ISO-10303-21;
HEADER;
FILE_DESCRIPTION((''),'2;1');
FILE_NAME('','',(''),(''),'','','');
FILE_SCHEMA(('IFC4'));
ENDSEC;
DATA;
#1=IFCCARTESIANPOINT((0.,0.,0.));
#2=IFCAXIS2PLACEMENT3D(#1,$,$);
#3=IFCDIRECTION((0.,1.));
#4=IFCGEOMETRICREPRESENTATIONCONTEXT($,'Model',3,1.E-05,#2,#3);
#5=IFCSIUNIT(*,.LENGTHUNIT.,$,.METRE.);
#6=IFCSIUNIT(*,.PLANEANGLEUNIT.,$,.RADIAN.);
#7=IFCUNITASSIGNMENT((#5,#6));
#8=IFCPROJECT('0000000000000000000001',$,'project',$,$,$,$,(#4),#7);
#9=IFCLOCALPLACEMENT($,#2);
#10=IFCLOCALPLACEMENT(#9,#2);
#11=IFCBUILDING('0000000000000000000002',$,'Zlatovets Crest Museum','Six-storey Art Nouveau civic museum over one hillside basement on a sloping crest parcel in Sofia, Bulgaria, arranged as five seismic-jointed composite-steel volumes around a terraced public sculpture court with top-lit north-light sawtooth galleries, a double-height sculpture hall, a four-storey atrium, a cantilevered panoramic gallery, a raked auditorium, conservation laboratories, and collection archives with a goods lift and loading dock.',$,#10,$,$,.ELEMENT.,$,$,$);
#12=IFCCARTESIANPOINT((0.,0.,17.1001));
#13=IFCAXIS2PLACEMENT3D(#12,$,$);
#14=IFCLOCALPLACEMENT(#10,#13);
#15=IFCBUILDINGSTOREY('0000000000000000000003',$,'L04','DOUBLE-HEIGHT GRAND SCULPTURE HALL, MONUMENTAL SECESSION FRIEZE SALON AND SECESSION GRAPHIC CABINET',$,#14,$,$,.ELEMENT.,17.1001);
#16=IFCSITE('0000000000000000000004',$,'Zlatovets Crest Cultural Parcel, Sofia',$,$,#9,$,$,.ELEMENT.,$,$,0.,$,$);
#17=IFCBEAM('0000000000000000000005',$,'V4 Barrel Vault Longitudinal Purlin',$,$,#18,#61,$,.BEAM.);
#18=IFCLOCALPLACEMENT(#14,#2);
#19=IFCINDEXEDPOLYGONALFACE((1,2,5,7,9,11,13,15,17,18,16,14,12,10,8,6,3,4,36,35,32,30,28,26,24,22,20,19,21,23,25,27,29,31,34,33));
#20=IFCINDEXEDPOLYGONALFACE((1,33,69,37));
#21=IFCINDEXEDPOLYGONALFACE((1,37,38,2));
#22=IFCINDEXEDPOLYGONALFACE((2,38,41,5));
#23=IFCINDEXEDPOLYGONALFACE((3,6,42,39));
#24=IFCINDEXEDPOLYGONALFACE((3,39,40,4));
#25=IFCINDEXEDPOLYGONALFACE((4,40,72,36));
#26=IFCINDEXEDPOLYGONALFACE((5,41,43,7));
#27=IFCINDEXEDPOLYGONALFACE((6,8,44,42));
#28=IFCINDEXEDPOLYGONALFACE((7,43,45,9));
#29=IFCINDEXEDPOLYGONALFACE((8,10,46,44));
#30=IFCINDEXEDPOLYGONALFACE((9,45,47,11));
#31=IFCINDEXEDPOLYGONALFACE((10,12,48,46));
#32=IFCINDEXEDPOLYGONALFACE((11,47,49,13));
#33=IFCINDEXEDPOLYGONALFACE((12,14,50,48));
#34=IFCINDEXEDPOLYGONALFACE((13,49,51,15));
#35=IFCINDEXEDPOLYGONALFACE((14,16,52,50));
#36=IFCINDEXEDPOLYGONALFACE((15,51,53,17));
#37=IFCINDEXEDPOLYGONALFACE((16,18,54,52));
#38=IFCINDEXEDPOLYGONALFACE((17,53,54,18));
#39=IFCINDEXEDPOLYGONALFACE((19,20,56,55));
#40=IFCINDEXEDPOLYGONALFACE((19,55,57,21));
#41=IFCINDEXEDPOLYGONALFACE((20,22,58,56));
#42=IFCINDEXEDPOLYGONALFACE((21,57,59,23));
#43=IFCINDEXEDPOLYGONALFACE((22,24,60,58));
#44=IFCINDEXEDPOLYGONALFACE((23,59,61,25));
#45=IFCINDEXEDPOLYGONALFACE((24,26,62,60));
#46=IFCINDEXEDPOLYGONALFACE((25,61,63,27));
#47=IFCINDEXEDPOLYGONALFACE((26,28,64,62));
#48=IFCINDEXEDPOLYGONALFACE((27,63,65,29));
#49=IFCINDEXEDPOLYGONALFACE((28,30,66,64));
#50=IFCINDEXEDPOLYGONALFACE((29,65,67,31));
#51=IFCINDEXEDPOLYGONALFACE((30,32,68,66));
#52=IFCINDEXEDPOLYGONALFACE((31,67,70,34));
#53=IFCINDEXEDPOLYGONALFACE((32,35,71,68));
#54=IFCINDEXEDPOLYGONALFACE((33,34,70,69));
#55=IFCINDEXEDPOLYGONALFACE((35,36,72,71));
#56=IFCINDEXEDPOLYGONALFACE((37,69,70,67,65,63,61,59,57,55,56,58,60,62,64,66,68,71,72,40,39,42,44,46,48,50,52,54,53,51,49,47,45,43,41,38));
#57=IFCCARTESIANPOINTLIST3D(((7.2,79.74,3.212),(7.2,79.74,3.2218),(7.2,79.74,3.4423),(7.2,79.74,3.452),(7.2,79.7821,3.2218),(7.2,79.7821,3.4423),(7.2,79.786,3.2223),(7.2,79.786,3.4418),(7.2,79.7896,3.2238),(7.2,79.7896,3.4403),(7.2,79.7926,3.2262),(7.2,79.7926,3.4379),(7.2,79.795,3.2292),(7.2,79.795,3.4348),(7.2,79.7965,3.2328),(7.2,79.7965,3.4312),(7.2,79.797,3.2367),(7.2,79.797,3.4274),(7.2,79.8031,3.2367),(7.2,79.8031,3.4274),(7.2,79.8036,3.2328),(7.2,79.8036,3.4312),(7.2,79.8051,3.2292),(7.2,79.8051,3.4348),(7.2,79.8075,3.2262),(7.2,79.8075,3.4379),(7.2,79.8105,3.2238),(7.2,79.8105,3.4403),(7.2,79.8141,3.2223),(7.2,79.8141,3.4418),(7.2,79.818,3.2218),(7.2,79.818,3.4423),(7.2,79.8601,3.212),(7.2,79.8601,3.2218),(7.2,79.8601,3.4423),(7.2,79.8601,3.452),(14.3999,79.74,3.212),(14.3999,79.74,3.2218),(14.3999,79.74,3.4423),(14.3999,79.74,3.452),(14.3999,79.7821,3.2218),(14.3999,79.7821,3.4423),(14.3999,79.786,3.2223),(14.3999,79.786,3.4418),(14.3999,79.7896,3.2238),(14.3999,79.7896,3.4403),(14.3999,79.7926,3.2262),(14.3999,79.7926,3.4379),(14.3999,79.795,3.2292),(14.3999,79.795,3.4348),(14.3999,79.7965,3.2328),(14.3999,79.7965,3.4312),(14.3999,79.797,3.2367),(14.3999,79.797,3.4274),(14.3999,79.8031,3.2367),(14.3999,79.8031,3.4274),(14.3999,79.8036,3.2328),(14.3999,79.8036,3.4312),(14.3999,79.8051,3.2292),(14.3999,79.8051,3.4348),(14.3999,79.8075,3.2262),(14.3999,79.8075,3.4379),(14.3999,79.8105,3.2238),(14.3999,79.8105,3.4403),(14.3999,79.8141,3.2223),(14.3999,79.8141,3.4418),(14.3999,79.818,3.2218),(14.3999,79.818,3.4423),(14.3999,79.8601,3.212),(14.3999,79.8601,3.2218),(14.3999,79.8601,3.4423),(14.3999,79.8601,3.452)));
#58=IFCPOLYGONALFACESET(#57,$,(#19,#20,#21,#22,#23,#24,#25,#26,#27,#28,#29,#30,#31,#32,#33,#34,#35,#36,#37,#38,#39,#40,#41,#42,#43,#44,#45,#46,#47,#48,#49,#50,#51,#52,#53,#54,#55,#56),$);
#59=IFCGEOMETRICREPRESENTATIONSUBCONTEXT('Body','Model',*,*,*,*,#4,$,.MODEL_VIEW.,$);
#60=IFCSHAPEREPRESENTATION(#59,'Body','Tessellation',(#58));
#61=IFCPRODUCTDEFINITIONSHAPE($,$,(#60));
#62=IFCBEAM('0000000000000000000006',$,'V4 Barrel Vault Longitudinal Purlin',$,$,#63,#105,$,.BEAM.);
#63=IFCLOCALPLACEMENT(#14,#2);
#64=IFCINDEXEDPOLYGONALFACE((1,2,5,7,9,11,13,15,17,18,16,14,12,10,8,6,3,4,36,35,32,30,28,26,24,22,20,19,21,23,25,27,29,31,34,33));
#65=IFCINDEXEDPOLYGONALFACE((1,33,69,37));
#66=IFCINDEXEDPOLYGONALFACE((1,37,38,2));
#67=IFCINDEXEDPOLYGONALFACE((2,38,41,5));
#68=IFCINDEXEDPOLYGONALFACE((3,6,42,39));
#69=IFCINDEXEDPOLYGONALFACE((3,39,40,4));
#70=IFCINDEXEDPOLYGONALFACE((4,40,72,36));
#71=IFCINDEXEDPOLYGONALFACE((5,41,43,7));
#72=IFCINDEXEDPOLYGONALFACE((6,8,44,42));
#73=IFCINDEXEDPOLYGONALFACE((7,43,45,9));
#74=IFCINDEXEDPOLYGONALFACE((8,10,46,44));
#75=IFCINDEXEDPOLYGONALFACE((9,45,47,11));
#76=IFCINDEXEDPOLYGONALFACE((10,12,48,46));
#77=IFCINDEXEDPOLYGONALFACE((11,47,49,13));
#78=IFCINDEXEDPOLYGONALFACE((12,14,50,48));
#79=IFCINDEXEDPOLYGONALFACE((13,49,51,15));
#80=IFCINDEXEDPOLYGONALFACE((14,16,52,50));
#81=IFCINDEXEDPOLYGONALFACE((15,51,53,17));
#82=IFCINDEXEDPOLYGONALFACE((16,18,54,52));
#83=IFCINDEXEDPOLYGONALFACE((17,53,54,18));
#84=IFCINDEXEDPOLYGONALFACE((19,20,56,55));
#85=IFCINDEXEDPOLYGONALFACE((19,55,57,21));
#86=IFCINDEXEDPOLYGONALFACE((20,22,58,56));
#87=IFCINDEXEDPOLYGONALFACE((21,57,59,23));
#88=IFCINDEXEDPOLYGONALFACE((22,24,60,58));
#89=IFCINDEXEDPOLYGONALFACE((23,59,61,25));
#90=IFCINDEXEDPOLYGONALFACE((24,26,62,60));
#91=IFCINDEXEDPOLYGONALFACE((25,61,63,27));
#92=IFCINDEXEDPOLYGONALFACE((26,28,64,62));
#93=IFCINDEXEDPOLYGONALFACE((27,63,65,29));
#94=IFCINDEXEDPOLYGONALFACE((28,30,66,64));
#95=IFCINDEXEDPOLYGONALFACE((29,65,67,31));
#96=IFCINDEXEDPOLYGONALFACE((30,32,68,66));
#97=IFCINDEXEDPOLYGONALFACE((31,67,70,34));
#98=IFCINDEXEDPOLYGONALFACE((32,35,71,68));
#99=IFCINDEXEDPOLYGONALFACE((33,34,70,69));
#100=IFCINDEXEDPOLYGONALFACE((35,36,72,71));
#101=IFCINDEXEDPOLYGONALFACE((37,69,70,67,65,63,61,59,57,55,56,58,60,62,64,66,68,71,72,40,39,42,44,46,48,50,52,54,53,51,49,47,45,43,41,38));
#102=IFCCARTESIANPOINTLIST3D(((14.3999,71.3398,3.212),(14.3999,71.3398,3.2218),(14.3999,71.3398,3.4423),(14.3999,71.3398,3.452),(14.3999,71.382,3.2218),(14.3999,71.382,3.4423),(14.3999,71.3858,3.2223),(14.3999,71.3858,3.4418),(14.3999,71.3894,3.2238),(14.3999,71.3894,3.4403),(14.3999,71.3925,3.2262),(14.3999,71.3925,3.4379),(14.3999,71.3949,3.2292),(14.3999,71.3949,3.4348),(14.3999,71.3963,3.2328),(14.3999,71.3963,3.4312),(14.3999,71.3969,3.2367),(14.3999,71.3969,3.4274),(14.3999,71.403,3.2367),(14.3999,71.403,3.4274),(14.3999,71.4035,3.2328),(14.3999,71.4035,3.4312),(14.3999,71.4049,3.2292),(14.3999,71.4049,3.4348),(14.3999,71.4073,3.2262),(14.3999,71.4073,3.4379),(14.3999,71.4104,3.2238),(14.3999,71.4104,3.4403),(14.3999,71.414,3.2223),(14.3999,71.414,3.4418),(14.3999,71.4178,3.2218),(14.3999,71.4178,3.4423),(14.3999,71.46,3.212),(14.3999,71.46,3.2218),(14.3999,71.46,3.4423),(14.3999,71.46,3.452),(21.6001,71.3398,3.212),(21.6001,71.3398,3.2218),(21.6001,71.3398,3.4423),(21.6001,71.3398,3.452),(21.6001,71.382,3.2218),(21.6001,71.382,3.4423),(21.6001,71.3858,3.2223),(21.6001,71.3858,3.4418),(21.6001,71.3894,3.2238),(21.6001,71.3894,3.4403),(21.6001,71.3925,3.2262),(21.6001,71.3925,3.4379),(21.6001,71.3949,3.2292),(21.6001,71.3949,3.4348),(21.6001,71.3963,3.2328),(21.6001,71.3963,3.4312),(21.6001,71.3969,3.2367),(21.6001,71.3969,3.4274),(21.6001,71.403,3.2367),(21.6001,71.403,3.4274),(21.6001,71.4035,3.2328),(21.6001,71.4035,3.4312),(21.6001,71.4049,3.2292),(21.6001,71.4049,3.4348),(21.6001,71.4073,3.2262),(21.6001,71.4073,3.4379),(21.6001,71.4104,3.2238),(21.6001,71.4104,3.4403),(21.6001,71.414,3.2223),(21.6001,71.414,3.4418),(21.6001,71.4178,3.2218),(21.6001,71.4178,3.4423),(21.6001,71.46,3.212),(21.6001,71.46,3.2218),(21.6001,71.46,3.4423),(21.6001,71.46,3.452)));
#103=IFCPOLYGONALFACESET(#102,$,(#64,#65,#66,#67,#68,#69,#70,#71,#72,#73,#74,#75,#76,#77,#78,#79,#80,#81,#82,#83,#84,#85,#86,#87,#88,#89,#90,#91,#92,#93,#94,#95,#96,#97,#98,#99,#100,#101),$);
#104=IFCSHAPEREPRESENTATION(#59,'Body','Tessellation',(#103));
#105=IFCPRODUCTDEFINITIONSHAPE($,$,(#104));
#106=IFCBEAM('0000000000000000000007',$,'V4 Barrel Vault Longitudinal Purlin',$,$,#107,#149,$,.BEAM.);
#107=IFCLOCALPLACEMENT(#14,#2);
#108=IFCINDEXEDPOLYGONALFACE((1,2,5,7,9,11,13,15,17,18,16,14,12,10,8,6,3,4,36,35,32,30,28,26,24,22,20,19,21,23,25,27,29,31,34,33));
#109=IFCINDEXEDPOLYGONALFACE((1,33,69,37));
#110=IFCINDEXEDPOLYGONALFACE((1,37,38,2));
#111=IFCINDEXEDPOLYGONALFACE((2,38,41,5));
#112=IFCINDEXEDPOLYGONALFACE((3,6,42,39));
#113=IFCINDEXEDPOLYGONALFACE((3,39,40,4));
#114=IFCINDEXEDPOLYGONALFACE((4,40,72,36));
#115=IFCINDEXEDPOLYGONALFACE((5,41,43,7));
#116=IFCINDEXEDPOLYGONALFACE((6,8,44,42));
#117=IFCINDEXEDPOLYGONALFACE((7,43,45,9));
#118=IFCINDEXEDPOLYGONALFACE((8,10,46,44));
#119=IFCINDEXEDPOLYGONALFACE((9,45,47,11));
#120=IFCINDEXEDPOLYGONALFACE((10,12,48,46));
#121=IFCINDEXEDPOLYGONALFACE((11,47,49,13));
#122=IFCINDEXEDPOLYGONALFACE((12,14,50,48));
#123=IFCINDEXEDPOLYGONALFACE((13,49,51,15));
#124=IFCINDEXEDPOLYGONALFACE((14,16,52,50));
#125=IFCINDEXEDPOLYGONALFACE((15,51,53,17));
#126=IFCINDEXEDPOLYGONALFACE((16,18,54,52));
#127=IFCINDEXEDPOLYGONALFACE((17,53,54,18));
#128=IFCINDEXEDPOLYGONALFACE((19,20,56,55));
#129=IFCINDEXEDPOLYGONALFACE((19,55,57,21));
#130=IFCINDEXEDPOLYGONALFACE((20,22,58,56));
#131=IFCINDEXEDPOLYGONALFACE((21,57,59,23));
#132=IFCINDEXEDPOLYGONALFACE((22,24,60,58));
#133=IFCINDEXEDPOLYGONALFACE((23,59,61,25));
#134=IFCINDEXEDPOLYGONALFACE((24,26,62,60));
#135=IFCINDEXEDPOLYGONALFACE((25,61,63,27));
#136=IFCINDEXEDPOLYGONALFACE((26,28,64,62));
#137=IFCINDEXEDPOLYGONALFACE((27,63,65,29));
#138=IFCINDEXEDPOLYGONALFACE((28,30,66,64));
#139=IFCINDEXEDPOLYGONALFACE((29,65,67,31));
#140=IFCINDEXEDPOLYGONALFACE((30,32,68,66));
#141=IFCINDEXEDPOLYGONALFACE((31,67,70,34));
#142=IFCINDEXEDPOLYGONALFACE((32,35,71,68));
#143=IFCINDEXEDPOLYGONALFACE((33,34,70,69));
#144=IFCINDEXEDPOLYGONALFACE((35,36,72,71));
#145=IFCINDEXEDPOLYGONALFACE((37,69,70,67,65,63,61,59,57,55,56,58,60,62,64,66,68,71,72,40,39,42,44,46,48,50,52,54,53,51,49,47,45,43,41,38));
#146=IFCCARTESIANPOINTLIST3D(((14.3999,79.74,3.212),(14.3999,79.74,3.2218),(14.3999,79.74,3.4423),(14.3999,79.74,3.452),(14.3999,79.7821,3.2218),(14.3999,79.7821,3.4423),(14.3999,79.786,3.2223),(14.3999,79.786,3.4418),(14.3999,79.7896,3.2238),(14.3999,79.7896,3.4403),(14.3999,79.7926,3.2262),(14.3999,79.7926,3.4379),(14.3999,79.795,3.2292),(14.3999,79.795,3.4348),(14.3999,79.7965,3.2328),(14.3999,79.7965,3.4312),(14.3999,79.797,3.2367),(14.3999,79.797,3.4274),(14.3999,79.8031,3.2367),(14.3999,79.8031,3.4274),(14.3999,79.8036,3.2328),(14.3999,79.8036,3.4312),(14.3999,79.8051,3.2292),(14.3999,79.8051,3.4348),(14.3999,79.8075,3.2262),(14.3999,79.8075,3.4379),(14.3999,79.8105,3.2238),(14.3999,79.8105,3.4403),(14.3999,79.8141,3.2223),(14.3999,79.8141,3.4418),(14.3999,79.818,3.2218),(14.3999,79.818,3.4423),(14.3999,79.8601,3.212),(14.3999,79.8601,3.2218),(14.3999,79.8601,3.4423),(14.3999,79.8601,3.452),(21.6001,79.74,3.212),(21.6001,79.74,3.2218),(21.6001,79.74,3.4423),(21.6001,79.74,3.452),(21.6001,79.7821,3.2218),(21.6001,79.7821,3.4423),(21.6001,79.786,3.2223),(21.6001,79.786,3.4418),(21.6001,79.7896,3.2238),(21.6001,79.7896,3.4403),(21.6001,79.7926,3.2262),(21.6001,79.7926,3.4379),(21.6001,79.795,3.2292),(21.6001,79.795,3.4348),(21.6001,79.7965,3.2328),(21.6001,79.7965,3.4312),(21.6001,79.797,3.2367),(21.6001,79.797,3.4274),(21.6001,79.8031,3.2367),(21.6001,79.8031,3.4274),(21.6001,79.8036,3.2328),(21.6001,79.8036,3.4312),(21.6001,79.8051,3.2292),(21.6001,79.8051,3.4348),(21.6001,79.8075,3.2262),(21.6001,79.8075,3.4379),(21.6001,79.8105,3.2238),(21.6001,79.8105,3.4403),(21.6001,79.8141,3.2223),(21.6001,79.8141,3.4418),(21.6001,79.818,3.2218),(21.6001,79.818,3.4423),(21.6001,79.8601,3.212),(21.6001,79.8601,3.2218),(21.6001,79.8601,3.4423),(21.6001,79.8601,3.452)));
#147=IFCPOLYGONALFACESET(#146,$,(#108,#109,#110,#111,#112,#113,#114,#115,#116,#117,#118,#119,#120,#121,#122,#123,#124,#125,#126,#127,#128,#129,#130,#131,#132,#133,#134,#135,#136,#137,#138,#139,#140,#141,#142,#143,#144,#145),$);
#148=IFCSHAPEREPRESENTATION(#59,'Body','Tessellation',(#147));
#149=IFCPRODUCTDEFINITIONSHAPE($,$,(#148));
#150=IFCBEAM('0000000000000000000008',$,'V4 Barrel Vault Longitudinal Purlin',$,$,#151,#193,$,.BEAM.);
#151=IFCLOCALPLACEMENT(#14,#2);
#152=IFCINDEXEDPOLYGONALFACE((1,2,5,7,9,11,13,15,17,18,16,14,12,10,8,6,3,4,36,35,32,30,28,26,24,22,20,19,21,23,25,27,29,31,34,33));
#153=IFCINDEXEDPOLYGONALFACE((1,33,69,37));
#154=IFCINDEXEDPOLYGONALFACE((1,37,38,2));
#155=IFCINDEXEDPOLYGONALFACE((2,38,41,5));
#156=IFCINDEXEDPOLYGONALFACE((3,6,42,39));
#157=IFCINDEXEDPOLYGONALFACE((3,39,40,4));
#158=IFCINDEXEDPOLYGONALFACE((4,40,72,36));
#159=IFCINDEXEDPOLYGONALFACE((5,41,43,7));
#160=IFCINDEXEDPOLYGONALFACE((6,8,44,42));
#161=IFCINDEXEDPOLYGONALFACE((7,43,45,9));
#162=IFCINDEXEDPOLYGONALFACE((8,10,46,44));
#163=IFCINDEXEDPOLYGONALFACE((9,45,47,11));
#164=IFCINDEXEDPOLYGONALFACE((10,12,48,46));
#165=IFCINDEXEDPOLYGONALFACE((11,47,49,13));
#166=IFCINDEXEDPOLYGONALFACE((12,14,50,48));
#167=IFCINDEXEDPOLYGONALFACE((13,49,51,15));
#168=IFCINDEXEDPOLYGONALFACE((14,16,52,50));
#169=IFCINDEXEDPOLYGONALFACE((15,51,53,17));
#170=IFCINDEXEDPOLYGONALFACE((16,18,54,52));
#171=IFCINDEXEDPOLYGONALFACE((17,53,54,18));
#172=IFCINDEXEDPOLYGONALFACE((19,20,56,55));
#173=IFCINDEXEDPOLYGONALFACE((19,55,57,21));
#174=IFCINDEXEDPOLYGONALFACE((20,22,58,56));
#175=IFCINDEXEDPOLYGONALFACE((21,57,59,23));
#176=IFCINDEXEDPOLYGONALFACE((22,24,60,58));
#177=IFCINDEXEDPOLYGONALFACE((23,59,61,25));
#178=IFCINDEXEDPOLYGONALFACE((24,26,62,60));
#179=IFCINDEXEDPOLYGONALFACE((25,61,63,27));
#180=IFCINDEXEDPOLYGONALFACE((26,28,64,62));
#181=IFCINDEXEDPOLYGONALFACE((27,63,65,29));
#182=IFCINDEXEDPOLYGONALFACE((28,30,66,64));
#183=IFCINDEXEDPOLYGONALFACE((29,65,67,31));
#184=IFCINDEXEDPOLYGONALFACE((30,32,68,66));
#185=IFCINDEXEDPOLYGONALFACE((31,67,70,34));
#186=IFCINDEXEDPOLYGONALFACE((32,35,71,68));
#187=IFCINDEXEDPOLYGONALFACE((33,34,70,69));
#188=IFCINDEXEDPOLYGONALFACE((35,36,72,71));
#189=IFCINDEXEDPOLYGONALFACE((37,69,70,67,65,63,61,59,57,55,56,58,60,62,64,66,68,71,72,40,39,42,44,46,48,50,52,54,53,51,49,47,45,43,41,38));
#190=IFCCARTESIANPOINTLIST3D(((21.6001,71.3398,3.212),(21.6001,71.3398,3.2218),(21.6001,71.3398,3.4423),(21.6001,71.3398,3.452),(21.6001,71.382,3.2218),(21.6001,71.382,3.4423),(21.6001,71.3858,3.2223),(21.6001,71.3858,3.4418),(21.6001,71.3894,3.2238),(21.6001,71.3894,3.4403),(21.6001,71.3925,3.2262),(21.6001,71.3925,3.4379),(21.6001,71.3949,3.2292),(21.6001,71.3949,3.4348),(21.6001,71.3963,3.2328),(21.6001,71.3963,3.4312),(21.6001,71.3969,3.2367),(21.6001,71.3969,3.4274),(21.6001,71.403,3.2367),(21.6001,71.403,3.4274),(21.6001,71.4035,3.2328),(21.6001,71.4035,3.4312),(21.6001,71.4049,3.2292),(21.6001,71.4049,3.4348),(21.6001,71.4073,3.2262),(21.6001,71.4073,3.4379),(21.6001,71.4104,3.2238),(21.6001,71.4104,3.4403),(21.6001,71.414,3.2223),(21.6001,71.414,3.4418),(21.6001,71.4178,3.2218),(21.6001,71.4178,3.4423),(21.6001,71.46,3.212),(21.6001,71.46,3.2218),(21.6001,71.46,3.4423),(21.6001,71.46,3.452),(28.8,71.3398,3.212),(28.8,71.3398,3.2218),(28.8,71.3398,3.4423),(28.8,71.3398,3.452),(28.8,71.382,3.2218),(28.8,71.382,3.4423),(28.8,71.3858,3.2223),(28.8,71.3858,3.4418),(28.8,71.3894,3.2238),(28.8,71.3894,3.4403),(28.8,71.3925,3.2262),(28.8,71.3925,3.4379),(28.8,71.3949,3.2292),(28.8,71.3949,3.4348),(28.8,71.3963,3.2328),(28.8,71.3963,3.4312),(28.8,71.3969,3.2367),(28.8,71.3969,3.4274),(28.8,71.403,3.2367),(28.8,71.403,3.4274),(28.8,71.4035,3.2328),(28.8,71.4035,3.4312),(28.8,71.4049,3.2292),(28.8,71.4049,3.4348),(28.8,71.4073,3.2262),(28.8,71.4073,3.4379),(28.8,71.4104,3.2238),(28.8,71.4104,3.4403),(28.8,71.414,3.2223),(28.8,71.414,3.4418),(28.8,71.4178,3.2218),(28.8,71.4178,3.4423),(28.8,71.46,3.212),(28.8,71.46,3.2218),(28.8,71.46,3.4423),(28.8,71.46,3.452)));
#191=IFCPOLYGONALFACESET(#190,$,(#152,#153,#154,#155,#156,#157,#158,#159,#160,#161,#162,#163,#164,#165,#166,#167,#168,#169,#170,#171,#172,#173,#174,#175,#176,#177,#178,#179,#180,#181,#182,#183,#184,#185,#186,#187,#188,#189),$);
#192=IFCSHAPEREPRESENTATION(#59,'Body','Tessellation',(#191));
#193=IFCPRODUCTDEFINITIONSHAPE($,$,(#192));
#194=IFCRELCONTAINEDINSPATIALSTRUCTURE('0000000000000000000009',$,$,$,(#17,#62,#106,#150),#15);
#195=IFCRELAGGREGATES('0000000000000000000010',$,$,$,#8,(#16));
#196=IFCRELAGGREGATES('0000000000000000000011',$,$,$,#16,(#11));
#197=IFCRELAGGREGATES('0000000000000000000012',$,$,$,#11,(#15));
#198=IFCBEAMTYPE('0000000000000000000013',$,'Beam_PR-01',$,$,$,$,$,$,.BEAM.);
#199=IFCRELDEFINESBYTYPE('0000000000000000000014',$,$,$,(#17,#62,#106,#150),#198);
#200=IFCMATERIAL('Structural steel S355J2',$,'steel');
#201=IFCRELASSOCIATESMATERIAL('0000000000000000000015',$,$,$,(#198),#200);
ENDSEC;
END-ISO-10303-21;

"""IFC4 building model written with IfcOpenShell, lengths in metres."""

from ifc_helpers import new_model, si_unit, direction, frame, origin, origin_2d, place, context, subcontext, project, spatial, i_section, extrude, material, material_profile, profile_set, type_object, element, save


model = new_model("IFC4")

# Units and contexts
model_context = context("Model", 3, precision=1e-05, world=origin(), true_north=direction((0.0, 1.0)))
body_context = subcontext(model_context, "Body", "Model", "MODEL_VIEW")
ifc_project = project(units=[si_unit("LENGTHUNIT", "METRE"), si_unit("PLANEANGLEUNIT", "RADIAN")], contexts=[model_context])

# Site, building, storey
site_placement = place(None, origin())
site = spatial("IfcSite", under=ifc_project, at=site_placement, Name="Zlatovets Crest Cultural Parcel, Sofia", CompositionType="ELEMENT", RefElevation=0.0)
building_placement = place(site_placement, origin())
building = spatial("IfcBuilding", under=site, at=building_placement, Name="Zlatovets Crest Museum", Description="Six-storey Art Nouveau civic museum over one hillside basement on a sloping crest parcel in Sofia, Bulgaria, arranged as five seismic-jointed composite-steel volumes around a terraced public sculpture court with top-lit north-light sawtooth galleries, a double-height sculpture hall, a four-storey atrium, a cantilevered panoramic gallery, a raked auditorium, conservation laboratories, and collection archives with a goods lift and loading dock.", CompositionType="ELEMENT")
storey_placement = place(building_placement, frame((0.0, 0.0, 17.1001)))
storey = spatial("IfcBuildingStorey", under=building, at=storey_placement, Name="L04", Description="DOUBLE-HEIGHT GRAND SCULPTURE HALL, MONUMENTAL SECESSION FRIEZE SALON AND SECESSION GRAPHIC CABINET", CompositionType="ELEMENT", Elevation=17.1001)

# Beams
ifc_material_1 = material(Name="Structural steel S355J2", Category="steel")
ifc_material_profile_1 = material_profile(ifc_material_1, i_section(OverallWidth=0.1201, OverallDepth=0.24, WebThickness=0.0061, FlangeThickness=0.0098, FilletRadius=0.0149, at=origin_2d()), Name="IPE 240")
ifc_profile_set_1 = profile_set([ifc_material_profile_1], Name="Structural steel S355J2")
beam_type_1 = type_object("IfcBeamType", Name="Beam_PR-01", PredefinedType="BEAM", material=ifc_profile_set_1)
beam_1_placement = place(storey_placement, frame((7.2, 79.8, 3.332), z_axis=(1.0, 0.0, 0.0), x_axis=(0.0, 1.0, 0.0)))
element("IfcBeam", 1, at=beam_1_placement, inside=storey, type_object=beam_type_1, Name="V4 Barrel Vault Longitudinal Purlin", PredefinedType="BEAM", context=body_context, shape_type="SweptSolid", body=[
    extrude(i_section(OverallWidth=0.1201, OverallDepth=0.24, WebThickness=0.0061, FlangeThickness=0.0098, FilletRadius=0.0149, at=origin_2d()), origin(), (0.0, 0.0, 1.0), 7.2),
])
for number, where, z_axis, x_axis, name in (
    (2, (14.3999, 71.3999, 3.332), (1.0, 0.0, 0.0), (0.0, 1.0, 0.0), "V4 Barrel Vault Longitudinal Purlin"),
    (3, (14.3999, 79.8, 3.332), (1.0, 0.0, 0.0), (0.0, 1.0, 0.0), "V4 Barrel Vault Longitudinal Purlin"),
):
    element("IfcBeam", number, at=place(storey_placement, frame(where, z_axis=z_axis, x_axis=x_axis)), inside=storey, type_object=beam_type_1, Name=name, PredefinedType="BEAM", context=body_context, shape_type="SweptSolid", body=[
        extrude(i_section(OverallWidth=0.1201, OverallDepth=0.24, WebThickness=0.0061, FlangeThickness=0.0098, FilletRadius=0.0149, at=origin_2d()), origin(), (0.0, 0.0, 1.0), 7.2002),
    ])
for number, where, z_axis, x_axis, name in (
    (4, (21.6001, 71.3999, 3.332), (1.0, 0.0, 0.0), (0.0, 1.0, 0.0), "V4 Barrel Vault Longitudinal Purlin"),
):
    element("IfcBeam", number, at=place(storey_placement, frame(where, z_axis=z_axis, x_axis=x_axis)), inside=storey, type_object=beam_type_1, Name=name, PredefinedType="BEAM", context=body_context, shape_type="SweptSolid", body=[
        extrude(i_section(OverallWidth=0.1201, OverallDepth=0.24, WebThickness=0.0061, FlangeThickness=0.0098, FilletRadius=0.0149, at=origin_2d()), origin(), (0.0, 0.0, 1.0), 7.2),
    ])

save(model, "model.ifc")
